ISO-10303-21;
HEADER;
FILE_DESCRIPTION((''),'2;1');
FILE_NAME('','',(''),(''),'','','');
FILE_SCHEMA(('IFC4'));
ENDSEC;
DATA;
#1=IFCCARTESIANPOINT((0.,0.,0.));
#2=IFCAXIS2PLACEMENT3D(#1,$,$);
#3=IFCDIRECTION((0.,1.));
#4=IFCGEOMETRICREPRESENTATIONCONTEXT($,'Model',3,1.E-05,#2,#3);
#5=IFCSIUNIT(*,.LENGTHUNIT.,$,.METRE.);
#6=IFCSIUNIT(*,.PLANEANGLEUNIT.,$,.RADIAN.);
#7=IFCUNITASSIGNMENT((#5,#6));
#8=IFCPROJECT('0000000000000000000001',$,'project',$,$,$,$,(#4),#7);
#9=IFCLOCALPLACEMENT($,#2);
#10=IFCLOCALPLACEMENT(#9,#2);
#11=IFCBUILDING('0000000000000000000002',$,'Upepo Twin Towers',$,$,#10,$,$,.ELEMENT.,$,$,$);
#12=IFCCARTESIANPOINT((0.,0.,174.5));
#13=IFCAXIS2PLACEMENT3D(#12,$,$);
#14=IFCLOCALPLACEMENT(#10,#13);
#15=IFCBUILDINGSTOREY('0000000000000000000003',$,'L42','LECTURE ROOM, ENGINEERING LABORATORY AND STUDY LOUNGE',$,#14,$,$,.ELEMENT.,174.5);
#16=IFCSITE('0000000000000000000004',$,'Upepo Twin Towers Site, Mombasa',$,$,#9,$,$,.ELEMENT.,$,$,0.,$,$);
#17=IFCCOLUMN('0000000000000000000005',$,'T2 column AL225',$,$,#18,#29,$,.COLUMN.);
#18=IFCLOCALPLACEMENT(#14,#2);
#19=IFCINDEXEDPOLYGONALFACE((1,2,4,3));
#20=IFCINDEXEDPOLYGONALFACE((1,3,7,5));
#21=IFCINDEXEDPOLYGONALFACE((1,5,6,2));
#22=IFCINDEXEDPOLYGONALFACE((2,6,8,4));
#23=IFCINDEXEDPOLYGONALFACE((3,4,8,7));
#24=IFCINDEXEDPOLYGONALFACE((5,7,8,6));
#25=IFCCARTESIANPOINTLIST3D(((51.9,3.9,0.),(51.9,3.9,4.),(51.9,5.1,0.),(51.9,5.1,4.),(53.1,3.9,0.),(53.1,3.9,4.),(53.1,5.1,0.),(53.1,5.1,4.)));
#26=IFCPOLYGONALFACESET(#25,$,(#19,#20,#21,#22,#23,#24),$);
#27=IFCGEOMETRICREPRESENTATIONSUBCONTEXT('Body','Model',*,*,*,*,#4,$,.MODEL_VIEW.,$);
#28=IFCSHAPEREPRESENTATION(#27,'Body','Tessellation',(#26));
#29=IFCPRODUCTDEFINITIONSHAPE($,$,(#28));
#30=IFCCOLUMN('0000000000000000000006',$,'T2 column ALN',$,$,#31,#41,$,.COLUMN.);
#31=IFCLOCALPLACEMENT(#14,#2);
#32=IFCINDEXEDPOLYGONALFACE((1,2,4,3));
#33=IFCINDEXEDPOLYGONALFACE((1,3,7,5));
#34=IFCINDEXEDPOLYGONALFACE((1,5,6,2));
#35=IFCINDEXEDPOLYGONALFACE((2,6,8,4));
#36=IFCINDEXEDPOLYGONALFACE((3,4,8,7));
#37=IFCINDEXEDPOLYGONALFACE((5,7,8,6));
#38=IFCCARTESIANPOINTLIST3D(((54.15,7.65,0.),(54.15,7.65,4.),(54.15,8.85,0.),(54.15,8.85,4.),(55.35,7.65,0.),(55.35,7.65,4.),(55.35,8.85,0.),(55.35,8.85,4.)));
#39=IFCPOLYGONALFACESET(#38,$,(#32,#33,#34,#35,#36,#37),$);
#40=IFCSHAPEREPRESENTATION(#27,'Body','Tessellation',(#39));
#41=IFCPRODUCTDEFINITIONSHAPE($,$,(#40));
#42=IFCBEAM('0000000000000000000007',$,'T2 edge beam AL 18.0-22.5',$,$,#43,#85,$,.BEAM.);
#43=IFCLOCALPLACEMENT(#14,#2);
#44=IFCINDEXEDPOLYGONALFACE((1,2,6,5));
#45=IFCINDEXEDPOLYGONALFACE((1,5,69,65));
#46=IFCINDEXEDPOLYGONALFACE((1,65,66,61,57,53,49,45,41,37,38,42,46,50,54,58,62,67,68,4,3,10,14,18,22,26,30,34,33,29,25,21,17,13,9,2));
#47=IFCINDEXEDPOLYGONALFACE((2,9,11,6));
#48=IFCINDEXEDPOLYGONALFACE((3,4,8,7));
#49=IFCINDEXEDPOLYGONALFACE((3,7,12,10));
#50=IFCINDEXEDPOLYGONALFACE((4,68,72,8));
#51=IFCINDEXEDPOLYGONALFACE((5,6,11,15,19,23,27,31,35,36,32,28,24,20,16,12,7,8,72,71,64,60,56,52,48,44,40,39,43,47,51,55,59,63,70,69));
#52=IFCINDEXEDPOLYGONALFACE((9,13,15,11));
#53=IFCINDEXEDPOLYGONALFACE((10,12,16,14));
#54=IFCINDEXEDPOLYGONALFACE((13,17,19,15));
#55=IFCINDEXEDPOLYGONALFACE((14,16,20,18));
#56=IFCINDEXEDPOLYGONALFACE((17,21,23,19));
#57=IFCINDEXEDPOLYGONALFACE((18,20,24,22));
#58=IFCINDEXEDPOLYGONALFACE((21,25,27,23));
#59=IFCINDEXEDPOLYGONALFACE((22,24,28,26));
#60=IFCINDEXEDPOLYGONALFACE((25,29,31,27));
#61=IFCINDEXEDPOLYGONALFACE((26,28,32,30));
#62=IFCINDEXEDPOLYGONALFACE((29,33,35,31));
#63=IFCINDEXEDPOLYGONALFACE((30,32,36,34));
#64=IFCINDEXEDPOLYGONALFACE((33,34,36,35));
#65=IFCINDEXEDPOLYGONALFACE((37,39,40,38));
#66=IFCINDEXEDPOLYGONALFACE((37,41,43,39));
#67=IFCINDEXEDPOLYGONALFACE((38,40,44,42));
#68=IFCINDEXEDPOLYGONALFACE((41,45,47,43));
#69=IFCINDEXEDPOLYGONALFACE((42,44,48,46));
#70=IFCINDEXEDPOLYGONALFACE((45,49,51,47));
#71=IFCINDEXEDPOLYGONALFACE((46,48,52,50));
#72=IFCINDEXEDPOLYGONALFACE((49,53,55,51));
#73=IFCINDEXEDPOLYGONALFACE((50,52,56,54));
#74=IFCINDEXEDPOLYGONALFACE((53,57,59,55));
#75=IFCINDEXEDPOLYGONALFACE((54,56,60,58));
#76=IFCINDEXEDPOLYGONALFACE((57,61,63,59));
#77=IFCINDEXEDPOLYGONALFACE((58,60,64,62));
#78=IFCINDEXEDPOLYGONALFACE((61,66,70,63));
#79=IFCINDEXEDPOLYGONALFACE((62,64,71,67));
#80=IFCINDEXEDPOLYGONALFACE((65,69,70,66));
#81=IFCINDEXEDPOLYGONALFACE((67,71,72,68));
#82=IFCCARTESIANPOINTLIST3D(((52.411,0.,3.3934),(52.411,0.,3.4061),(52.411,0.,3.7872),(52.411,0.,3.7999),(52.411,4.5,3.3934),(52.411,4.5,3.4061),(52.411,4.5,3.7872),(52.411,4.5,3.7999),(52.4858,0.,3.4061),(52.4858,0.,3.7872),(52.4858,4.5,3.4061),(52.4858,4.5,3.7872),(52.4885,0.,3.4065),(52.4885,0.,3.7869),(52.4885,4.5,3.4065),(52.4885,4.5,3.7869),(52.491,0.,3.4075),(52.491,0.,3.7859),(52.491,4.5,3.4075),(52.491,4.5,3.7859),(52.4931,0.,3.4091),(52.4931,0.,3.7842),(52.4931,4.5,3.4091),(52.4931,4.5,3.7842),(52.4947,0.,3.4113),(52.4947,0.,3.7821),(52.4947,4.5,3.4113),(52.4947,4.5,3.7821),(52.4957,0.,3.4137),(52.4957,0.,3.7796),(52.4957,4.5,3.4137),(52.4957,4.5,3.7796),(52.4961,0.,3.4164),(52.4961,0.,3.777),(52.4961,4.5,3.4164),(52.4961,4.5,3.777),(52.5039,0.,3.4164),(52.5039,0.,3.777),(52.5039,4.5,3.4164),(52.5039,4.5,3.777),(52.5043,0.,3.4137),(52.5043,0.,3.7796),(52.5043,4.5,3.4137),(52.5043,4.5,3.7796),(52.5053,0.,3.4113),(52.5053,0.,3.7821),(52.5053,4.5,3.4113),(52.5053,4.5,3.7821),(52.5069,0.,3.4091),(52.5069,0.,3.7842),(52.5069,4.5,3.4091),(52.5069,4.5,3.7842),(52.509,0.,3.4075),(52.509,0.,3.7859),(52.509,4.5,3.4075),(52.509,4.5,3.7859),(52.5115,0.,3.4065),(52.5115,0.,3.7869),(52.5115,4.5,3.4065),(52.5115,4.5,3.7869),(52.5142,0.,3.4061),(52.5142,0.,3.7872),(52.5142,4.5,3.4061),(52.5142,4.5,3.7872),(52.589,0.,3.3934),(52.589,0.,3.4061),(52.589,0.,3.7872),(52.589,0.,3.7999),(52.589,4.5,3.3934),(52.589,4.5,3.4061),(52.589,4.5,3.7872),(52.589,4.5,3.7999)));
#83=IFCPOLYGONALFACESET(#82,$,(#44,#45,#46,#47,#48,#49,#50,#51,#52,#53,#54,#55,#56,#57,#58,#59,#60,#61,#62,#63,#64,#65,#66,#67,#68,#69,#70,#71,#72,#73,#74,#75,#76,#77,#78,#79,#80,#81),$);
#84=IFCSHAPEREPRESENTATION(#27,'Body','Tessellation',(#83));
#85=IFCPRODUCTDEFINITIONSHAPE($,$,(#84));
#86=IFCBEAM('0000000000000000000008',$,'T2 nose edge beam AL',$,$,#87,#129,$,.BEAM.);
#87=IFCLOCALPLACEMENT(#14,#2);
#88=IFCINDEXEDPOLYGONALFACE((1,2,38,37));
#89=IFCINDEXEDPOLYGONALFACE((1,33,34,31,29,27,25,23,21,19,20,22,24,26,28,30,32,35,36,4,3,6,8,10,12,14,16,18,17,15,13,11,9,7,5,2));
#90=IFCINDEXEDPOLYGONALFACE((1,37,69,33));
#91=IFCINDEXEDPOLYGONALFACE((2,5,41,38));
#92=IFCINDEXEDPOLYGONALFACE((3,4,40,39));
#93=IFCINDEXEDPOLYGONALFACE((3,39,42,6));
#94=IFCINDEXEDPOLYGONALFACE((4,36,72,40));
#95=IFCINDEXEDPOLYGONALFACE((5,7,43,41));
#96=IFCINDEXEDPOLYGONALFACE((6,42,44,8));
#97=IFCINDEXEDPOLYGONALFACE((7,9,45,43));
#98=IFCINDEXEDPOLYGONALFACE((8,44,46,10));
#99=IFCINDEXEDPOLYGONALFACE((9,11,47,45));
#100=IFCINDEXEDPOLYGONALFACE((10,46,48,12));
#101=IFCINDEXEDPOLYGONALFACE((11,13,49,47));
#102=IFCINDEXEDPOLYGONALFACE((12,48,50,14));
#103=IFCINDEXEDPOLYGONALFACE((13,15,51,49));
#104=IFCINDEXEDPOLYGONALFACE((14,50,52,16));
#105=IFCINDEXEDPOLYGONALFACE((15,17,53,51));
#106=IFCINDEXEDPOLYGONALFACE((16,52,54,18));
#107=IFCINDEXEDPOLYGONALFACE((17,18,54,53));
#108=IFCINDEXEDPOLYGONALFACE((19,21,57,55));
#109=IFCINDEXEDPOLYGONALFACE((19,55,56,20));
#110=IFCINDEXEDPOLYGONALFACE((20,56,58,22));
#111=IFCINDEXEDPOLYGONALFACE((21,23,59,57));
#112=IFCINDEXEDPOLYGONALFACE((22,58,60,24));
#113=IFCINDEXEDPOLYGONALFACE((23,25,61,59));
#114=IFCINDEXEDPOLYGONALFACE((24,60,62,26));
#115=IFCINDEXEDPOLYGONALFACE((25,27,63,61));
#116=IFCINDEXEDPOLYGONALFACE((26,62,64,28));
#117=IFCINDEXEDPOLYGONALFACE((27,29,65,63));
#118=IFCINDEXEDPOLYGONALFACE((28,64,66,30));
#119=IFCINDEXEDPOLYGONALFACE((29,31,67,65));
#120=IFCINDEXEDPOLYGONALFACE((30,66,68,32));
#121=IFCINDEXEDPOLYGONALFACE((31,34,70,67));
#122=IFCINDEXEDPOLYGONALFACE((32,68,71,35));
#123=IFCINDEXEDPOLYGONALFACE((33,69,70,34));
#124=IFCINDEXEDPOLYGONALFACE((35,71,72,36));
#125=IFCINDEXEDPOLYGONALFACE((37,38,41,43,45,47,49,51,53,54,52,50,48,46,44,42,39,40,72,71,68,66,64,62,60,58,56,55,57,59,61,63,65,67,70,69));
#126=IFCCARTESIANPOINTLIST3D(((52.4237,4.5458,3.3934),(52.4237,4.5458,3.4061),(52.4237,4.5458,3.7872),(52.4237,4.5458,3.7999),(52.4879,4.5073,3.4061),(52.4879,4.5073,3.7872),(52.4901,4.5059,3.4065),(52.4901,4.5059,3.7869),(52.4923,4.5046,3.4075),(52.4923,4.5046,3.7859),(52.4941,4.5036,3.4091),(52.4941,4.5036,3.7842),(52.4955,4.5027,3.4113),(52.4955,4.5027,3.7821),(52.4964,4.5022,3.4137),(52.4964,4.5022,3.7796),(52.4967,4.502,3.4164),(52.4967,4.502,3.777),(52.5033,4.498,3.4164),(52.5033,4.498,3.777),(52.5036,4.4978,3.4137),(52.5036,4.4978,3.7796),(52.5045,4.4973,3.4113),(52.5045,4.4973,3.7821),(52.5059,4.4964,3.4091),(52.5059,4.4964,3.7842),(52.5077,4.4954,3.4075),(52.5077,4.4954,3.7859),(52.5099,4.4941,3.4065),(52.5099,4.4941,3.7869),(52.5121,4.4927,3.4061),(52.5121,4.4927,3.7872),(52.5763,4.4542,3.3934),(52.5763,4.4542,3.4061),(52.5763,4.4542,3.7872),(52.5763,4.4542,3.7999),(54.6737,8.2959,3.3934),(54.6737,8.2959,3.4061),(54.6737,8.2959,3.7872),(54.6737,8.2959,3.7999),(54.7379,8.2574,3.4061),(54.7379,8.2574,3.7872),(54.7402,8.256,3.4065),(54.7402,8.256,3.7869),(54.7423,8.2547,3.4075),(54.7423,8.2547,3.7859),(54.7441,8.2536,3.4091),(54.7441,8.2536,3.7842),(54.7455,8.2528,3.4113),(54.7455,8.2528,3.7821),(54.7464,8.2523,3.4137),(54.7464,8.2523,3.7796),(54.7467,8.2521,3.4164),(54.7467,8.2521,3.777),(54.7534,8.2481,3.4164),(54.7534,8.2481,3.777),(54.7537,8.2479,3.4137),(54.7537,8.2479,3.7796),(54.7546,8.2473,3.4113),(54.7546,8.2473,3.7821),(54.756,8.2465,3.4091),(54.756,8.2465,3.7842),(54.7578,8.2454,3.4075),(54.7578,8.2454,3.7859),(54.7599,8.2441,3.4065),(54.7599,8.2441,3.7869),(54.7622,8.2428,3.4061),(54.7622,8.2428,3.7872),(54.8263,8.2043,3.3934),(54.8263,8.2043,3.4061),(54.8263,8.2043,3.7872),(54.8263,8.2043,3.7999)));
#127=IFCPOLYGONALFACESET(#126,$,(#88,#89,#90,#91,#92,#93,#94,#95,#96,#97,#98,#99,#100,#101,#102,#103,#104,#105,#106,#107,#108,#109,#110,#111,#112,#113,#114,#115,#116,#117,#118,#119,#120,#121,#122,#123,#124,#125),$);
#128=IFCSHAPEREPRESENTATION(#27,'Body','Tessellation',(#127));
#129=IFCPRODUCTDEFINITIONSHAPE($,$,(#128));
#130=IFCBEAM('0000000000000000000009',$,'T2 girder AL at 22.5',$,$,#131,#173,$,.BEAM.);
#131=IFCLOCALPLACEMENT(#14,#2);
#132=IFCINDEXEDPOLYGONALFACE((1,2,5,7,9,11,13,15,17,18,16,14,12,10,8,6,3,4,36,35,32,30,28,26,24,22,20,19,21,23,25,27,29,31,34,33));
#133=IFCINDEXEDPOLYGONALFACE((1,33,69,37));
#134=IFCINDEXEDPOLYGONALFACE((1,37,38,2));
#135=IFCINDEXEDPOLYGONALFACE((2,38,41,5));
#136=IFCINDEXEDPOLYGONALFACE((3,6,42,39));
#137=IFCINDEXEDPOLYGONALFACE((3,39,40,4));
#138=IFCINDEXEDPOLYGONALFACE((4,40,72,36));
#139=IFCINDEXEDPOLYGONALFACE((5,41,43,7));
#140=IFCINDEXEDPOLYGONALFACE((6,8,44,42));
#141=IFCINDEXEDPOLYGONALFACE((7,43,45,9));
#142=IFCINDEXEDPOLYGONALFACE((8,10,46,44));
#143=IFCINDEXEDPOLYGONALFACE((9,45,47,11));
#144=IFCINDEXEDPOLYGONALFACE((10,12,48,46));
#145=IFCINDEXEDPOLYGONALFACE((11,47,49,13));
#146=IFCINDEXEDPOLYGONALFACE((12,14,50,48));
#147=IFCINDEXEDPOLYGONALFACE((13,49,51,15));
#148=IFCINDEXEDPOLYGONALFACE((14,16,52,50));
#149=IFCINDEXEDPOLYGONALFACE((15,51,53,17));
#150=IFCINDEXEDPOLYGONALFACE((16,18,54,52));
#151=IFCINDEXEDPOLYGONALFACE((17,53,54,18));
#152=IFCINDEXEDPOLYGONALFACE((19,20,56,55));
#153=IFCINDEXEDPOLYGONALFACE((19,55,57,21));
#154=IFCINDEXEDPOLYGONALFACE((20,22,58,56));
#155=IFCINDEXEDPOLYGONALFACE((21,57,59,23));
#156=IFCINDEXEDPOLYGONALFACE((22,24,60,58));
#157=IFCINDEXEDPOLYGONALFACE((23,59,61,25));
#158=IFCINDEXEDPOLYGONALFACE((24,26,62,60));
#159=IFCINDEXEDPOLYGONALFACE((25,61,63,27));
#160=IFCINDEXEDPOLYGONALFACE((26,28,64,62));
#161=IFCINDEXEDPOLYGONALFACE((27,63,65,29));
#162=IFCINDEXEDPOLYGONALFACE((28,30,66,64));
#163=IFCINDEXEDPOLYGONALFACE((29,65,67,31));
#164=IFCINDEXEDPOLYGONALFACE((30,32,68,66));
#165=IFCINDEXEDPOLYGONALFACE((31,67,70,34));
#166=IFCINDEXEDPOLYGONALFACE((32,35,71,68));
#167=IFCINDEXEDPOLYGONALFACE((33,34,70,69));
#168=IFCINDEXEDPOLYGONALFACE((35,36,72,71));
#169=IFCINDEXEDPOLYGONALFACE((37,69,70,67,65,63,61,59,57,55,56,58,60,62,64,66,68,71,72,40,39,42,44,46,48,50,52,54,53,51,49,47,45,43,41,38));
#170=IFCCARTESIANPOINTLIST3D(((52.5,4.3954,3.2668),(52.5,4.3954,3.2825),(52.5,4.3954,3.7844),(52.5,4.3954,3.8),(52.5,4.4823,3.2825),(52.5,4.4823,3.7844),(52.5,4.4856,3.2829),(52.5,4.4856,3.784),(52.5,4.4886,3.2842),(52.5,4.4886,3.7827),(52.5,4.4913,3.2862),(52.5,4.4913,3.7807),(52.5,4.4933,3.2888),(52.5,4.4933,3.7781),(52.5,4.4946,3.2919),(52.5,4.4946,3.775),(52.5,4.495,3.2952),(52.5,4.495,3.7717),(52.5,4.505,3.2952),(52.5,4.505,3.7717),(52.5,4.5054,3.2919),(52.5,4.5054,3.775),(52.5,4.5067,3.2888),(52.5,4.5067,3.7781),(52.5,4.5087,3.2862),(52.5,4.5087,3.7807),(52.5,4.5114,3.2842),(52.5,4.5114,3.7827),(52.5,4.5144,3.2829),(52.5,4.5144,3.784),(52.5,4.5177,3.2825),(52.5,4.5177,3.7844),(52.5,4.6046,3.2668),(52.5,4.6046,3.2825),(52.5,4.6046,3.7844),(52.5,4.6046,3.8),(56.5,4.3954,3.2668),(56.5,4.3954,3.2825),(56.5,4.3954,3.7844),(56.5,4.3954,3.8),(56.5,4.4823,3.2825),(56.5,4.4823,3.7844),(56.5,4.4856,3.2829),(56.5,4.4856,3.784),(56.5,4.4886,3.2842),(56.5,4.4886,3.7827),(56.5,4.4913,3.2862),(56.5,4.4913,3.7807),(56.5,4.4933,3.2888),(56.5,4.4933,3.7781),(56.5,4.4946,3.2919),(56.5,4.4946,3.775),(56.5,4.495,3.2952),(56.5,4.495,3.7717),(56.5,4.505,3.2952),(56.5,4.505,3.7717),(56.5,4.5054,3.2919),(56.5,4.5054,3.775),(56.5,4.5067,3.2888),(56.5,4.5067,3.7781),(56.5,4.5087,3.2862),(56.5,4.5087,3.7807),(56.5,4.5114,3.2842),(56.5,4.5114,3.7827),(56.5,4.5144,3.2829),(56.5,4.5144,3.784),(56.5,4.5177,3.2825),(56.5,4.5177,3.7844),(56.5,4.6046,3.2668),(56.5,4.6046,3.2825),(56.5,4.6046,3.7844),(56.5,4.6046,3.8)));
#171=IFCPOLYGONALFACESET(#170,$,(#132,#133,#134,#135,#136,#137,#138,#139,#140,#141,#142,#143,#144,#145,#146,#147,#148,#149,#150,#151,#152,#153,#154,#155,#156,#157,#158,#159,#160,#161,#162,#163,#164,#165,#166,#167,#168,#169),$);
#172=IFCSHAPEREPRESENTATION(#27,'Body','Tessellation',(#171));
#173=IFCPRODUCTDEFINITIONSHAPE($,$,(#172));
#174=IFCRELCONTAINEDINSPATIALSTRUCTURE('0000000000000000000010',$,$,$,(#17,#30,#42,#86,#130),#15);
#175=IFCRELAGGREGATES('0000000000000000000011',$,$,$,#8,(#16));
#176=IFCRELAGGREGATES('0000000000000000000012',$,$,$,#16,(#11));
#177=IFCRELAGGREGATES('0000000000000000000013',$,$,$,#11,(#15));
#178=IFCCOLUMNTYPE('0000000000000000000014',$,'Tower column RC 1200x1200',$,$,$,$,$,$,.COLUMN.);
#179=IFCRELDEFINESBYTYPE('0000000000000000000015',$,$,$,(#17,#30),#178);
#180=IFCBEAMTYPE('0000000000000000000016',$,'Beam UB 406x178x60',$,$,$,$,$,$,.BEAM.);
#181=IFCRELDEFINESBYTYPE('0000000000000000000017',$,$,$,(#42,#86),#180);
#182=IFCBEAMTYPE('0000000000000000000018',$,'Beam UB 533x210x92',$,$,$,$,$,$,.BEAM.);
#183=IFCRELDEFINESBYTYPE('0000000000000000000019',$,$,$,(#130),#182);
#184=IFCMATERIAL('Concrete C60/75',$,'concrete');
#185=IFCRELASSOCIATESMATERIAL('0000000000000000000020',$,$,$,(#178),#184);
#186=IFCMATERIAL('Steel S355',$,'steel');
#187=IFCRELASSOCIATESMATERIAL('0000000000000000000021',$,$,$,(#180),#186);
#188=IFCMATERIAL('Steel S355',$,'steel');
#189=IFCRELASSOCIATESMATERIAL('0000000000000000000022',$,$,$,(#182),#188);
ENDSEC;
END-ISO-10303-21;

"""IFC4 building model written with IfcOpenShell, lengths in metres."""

from ifc_helpers import new_model, si_unit, direction, frame, origin, origin_2d, place, context, subcontext, project, spatial, rectangle, i_section, extrude, material, material_profile, profile_set, type_object, element, save


model = new_model("IFC4")

# Units and contexts
model_context = context("Model", 3, precision=1e-05, world=origin(), true_north=direction((0.0, 1.0)))
body_context = subcontext(model_context, "Body", "Model", "MODEL_VIEW")
ifc_project = project(units=[si_unit("LENGTHUNIT", "METRE"), si_unit("PLANEANGLEUNIT", "RADIAN")], contexts=[model_context])

# Site, building, storey
site_placement = place(None, origin())
site = spatial("IfcSite", under=ifc_project, at=site_placement, Name="Upepo Twin Towers Site, Mombasa", CompositionType="ELEMENT", RefElevation=0.0)
building_placement = place(site_placement, origin())
building = spatial("IfcBuilding", under=site, at=building_placement, Name="Upepo Twin Towers", CompositionType="ELEMENT")
storey_placement = place(building_placement, frame((0.0, 0.0, 174.5)))
storey = spatial("IfcBuildingStorey", under=building, at=storey_placement, Name="L42", Description="LECTURE ROOM, ENGINEERING LABORATORY AND STUDY LOUNGE", CompositionType="ELEMENT", Elevation=174.5)

# Columns
ifc_material_1 = material(Name="Concrete C60/75", Category="concrete")
ifc_material_profile_1 = material_profile(ifc_material_1, rectangle(XDim=1.2, YDim=1.2, at=origin_2d()), Name="RC 1200x1200")
ifc_profile_set_1 = profile_set([ifc_material_profile_1], Name="Concrete C60/75")
column_type = type_object("IfcColumnType", Name="Tower column RC 1200x1200", PredefinedType="COLUMN", material=ifc_profile_set_1)
for number, where, z_axis, x_axis, name in (
    (1, (52.5, 4.5, 0.0), (0.0, 0.0, 1.0), (1.0, 0.0, 0.0), "T2 column AL225"),
    (2, (54.75, 8.25, 0.0), (0.0, 0.0, 1.0), (1.0, 0.0, 0.0), "T2 column ALN"),
):
    element("IfcColumn", number, at=place(storey_placement, frame(where, z_axis=z_axis, x_axis=x_axis)), inside=storey, type_object=column_type, Name=name, PredefinedType="COLUMN", context=body_context, shape_type="SweptSolid", body=[
        extrude(rectangle(XDim=1.2, YDim=1.2, at=origin_2d()), origin(), (0.0, 0.0, 1.0), 4.0),
    ])

# Beams
ifc_material_2 = material(Name="Steel S355", Category="steel")
ifc_material_profile_2 = material_profile(ifc_material_2, i_section(OverallWidth=0.178, OverallDepth=0.4065, WebThickness=0.0078, FlangeThickness=0.0127, FilletRadius=0.0103, at=origin_2d()), Name="UB 406x178x60")
ifc_profile_set_2 = profile_set([ifc_material_profile_2], Name="Steel S355")
beam_type_1 = type_object("IfcBeamType", Name="Beam UB 406x178x60", PredefinedType="BEAM", material=ifc_profile_set_2)
beam_1_placement = place(storey_placement, frame((52.5, 0.0, 3.5967), z_axis=(0.0, 1.0, 0.0), x_axis=(-1.0, 0.0, 0.0)))
element("IfcBeam", 3, at=beam_1_placement, inside=storey, type_object=beam_type_1, Name="T2 edge beam AL 18.0-22.5", PredefinedType="BEAM", context=body_context, shape_type="SweptSolid", body=[
    extrude(i_section(OverallWidth=0.178, OverallDepth=0.4065, WebThickness=0.0078, FlangeThickness=0.0127, FilletRadius=0.0103, at=origin_2d()), origin(), (0.0, 0.0, 1.0), 4.5),
])
beam_2_placement = place(storey_placement, frame((52.5, 4.5, 3.5967), z_axis=(0.514496, 0.857493, 0.0), x_axis=(-0.857493, 0.514496, 0.0)))
element("IfcBeam", 4, at=beam_2_placement, inside=storey, type_object=beam_type_1, Name="T2 nose edge beam AL", PredefinedType="BEAM", context=body_context, shape_type="SweptSolid", body=[
    extrude(i_section(OverallWidth=0.178, OverallDepth=0.4065, WebThickness=0.0078, FlangeThickness=0.0127, FilletRadius=0.0103, at=origin_2d()), origin(), (0.0, 0.0, 1.0), 4.3733),
])
ifc_material_3 = material(Name="Steel S355", Category="steel")
ifc_material_profile_3 = material_profile(ifc_material_3, i_section(OverallWidth=0.2092, OverallDepth=0.5332, WebThickness=0.01, FlangeThickness=0.0156, FilletRadius=0.0127, at=origin_2d()), Name="UB 533x210x92")
ifc_profile_set_3 = profile_set([ifc_material_profile_3], Name="Steel S355")
beam_type_2 = type_object("IfcBeamType", Name="Beam UB 533x210x92", PredefinedType="BEAM", material=ifc_profile_set_3)
beam_3_placement = place(storey_placement, frame((52.5, 4.5, 3.5334), z_axis=(1.0, 0.0, 0.0), x_axis=(0.0, 1.0, 0.0)))
element("IfcBeam", 5, at=beam_3_placement, inside=storey, type_object=beam_type_2, Name="T2 girder AL at 22.5", PredefinedType="BEAM", context=body_context, shape_type="SweptSolid", body=[
    extrude(i_section(OverallWidth=0.2092, OverallDepth=0.5332, WebThickness=0.01, FlangeThickness=0.0156, FilletRadius=0.0127, at=origin_2d()), origin(), (0.0, 0.0, 1.0), 4.0),
])

save(model, "model.ifc")
